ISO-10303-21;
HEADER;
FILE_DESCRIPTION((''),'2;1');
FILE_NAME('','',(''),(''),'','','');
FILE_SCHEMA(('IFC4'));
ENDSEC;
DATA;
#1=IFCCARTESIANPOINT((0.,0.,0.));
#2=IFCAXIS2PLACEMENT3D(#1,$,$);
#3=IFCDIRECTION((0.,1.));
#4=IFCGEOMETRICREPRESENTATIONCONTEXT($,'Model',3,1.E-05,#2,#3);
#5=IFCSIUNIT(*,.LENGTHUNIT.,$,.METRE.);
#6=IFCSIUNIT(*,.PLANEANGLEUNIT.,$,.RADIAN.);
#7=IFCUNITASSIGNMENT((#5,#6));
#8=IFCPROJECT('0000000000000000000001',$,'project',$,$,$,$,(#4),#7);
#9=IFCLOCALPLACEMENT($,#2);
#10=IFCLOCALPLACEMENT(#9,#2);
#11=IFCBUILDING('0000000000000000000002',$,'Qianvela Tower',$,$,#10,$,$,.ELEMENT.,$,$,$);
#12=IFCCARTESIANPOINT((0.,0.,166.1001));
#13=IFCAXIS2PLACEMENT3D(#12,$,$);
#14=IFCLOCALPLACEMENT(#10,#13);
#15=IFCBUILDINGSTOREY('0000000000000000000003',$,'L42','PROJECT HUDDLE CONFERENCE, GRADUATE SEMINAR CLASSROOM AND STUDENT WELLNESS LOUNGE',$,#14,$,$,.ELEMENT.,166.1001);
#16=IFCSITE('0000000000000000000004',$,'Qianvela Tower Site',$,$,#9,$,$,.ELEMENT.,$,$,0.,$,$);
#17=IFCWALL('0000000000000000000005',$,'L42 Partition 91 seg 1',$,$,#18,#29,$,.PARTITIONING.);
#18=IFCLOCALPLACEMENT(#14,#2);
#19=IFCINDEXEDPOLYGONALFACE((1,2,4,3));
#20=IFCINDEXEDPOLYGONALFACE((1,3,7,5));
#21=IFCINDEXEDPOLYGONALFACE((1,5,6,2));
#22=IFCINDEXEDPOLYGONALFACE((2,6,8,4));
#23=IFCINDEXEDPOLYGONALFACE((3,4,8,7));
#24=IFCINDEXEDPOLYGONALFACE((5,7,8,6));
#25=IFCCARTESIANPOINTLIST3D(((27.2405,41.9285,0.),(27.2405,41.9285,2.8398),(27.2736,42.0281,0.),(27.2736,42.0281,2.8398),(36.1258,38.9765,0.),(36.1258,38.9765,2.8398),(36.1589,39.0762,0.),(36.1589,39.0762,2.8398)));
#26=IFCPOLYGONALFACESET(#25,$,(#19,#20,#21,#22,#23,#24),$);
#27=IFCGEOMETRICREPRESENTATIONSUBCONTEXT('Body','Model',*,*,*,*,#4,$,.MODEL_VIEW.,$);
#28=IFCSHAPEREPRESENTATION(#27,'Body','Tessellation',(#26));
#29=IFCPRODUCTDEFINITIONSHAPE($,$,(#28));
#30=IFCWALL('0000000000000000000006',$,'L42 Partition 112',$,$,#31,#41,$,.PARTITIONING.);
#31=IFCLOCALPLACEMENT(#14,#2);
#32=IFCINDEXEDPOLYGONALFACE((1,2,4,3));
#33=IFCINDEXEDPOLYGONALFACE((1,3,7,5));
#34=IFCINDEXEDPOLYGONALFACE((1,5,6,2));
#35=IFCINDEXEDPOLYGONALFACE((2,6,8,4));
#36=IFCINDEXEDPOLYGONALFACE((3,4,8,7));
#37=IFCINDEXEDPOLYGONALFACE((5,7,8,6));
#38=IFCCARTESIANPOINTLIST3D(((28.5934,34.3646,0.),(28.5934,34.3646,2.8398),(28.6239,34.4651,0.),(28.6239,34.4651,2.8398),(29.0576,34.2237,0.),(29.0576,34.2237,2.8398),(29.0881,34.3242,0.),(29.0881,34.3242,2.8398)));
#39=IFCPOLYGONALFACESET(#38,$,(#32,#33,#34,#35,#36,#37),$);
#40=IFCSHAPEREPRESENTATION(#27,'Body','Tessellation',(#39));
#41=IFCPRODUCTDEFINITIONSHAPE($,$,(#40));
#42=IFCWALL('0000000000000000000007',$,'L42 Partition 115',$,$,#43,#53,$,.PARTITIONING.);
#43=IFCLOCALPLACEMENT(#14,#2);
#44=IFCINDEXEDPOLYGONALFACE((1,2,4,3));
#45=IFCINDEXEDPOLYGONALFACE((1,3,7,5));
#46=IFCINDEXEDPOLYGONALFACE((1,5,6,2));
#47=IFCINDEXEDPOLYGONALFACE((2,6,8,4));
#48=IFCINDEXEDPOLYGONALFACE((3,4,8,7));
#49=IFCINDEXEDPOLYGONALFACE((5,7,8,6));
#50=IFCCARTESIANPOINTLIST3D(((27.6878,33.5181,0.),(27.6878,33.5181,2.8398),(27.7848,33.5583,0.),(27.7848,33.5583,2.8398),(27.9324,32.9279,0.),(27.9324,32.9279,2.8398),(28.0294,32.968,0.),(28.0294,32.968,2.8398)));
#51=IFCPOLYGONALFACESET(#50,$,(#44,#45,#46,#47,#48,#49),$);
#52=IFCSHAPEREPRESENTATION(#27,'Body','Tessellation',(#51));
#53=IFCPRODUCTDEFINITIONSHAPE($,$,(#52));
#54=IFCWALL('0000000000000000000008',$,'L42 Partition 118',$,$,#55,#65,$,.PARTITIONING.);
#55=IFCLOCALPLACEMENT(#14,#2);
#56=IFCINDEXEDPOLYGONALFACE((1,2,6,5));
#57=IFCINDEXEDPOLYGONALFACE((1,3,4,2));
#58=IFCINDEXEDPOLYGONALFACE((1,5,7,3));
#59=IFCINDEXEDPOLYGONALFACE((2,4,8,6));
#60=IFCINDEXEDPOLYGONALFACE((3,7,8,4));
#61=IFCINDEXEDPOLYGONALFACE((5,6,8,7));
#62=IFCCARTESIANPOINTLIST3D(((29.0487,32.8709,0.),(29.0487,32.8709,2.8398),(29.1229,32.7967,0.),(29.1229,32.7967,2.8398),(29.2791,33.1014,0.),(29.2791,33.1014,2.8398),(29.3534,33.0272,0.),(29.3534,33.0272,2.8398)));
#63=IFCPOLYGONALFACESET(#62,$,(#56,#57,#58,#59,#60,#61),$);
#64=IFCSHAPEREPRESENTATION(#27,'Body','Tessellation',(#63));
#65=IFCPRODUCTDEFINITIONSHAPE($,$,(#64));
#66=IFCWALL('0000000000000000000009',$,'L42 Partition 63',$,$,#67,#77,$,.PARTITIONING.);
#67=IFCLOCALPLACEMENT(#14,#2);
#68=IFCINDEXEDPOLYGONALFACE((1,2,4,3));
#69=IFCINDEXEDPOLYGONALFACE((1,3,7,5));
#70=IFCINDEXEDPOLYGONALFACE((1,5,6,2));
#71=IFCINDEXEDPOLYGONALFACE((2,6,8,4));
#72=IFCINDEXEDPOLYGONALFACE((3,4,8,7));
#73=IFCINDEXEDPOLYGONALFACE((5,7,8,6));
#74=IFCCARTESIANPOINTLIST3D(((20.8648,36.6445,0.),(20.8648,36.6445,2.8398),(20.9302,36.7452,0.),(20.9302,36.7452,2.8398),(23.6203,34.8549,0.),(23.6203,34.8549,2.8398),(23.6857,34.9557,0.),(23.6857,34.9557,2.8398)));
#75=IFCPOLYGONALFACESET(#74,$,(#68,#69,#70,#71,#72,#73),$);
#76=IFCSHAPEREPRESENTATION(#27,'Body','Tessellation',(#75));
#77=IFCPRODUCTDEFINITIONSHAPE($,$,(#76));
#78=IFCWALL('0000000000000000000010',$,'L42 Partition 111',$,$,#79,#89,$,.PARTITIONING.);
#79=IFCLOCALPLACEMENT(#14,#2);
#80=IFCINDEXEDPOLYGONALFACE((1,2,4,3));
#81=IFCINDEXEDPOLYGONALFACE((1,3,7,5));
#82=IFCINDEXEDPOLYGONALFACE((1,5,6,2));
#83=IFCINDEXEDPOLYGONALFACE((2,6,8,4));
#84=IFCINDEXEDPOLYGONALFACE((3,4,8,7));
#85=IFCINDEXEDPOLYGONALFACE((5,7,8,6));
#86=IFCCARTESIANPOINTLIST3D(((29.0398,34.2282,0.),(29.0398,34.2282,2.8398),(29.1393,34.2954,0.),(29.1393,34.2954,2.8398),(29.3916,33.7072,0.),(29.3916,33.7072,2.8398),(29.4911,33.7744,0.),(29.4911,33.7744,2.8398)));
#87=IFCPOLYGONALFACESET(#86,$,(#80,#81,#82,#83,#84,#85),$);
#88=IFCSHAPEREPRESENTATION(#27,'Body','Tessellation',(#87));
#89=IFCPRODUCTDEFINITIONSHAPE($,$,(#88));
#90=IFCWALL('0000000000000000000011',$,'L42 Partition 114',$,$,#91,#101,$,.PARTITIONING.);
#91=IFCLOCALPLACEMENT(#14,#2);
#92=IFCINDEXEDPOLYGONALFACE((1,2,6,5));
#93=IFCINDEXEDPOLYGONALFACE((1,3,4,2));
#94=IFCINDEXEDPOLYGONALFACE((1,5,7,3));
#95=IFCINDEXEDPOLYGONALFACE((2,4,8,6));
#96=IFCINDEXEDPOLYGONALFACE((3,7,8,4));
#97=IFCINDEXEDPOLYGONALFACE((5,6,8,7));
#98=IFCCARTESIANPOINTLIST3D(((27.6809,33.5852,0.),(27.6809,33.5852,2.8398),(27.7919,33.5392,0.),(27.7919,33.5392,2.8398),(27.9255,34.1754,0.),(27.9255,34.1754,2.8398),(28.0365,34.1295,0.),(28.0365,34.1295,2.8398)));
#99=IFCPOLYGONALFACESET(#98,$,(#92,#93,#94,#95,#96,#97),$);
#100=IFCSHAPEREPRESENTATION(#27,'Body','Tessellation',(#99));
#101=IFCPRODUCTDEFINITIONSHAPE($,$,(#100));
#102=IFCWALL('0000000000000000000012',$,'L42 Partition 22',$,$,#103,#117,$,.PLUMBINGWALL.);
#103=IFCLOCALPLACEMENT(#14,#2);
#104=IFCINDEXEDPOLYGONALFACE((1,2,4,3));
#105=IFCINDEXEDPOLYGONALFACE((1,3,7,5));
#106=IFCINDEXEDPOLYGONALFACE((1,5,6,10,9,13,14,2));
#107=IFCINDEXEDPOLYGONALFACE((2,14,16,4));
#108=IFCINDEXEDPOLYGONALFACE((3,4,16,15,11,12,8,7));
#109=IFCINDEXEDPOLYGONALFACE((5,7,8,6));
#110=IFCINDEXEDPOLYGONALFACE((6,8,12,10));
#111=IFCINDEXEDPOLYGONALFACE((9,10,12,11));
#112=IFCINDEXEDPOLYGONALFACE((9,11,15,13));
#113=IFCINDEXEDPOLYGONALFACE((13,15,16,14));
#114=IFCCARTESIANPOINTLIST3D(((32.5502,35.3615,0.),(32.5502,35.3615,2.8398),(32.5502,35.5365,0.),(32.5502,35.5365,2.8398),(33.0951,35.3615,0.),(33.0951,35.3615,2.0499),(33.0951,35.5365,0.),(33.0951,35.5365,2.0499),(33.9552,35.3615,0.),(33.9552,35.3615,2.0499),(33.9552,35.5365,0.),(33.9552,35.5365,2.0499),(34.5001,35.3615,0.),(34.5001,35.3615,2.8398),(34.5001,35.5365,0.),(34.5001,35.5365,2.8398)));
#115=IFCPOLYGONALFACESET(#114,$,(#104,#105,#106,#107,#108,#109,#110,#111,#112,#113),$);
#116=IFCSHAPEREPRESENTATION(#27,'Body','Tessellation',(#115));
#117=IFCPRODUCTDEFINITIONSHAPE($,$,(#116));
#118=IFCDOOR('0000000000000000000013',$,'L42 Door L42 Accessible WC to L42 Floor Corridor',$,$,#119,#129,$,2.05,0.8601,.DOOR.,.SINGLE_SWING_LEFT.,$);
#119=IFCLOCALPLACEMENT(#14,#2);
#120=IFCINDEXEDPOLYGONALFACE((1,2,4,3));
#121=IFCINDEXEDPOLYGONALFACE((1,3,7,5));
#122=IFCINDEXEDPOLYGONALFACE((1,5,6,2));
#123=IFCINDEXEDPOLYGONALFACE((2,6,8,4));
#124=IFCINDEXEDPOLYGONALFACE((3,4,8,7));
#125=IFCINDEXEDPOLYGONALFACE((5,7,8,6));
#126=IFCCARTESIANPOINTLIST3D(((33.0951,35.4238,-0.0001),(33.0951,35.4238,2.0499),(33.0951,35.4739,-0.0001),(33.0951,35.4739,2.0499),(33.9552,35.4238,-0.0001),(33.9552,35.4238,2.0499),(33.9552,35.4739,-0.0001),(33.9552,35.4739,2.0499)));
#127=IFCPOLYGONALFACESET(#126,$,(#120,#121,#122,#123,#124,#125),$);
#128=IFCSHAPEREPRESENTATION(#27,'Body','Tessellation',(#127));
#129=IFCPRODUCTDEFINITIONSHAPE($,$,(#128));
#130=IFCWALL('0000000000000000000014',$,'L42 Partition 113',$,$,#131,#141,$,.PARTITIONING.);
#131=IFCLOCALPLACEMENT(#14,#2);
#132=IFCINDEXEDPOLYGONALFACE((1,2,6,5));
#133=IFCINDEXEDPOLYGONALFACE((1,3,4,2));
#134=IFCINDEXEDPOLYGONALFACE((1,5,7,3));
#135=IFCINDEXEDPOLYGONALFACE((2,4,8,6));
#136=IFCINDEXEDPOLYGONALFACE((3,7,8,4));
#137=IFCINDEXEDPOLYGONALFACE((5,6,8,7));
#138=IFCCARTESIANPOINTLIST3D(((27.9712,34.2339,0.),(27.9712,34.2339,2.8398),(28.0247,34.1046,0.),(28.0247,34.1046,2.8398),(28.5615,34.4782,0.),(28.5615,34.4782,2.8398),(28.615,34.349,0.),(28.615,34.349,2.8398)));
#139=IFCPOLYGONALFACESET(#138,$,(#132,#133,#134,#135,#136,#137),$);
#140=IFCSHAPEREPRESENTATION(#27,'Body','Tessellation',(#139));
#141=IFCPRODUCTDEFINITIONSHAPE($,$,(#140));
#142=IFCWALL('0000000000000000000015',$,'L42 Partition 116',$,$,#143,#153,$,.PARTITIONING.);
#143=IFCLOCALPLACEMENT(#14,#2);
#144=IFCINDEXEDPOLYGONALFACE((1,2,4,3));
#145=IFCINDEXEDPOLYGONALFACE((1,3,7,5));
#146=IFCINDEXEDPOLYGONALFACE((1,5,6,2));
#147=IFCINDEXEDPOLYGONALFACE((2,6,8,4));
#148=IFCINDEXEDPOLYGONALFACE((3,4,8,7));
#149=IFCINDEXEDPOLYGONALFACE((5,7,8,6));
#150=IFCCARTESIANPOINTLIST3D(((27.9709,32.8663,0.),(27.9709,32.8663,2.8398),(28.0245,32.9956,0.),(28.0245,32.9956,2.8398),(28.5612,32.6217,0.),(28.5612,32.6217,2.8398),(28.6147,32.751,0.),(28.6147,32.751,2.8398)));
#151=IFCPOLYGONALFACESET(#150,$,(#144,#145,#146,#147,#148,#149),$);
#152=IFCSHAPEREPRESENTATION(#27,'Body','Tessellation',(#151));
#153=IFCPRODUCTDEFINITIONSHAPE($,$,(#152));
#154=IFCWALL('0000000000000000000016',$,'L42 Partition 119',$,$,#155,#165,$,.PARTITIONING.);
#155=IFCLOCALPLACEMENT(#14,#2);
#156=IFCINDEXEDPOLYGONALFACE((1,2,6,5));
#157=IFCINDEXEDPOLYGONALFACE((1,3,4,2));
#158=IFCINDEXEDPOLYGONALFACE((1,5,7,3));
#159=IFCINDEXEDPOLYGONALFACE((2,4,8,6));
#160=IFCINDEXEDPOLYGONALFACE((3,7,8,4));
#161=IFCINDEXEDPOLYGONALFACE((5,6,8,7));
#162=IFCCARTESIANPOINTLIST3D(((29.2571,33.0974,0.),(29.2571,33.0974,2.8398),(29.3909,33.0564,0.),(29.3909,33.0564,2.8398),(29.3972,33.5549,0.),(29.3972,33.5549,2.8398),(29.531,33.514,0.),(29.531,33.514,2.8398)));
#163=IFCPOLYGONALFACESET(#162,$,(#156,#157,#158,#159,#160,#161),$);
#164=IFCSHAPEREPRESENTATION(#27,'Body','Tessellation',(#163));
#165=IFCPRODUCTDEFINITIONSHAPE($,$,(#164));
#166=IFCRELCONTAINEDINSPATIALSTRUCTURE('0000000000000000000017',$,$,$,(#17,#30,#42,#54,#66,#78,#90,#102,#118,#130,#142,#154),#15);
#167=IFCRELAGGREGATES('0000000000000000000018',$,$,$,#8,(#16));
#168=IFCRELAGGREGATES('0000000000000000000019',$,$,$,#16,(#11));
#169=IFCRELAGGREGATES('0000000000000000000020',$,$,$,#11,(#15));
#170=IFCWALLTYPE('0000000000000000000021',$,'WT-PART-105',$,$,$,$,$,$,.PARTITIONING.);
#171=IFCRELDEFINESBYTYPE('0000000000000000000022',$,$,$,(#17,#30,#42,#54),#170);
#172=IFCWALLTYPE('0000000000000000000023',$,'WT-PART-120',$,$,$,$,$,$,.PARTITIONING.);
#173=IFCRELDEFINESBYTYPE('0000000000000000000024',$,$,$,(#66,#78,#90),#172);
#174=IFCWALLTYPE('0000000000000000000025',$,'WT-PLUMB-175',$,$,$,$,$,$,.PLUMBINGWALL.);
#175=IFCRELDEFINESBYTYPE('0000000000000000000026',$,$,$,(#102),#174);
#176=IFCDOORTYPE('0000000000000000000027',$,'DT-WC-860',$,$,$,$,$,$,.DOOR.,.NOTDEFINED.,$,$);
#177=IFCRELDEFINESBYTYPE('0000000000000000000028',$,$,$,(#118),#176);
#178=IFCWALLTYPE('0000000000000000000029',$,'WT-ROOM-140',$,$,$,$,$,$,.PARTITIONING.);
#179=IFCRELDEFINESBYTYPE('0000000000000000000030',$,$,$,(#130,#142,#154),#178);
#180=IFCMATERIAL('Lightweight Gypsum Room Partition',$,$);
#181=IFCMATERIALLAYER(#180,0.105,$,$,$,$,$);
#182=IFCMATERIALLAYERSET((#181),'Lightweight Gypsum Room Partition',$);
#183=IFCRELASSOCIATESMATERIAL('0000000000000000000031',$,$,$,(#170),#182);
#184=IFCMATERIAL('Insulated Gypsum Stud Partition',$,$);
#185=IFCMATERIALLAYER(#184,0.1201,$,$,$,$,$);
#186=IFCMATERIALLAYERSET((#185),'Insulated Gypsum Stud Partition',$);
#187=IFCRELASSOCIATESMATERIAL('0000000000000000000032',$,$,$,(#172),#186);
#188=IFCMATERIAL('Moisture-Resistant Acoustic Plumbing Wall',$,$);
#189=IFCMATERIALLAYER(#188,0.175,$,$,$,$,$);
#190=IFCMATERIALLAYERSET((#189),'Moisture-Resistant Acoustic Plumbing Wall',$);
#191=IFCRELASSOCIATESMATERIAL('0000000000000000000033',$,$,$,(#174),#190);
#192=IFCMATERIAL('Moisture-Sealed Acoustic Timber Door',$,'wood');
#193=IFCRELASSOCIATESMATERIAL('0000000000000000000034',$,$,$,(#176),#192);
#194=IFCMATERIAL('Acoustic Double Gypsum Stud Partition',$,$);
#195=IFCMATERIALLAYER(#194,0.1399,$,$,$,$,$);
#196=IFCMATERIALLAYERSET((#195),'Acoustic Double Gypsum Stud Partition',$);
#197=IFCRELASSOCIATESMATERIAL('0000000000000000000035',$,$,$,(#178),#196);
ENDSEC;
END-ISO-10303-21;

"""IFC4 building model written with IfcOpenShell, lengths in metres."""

from ifc_helpers import new_model, si_unit, direction, frame, frame_2d, origin, place, context, subcontext, project, spatial, rectangle, extrude, material, layer, layer_set, type_object, element, fill, save


model = new_model("IFC4")

# Units and contexts
model_context = context("Model", 3, precision=1e-05, world=origin(), true_north=direction((0.0, 1.0)))
body_context = subcontext(model_context, "Body", "Model", "MODEL_VIEW")
ifc_project = project(units=[si_unit("LENGTHUNIT", "METRE"), si_unit("PLANEANGLEUNIT", "RADIAN")], contexts=[model_context])

# Site, building, storey
site_placement = place(None, origin())
site = spatial("IfcSite", under=ifc_project, at=site_placement, Name="Qianvela Tower Site", CompositionType="ELEMENT", RefElevation=0.0)
building_placement = place(site_placement, origin())
building = spatial("IfcBuilding", under=site, at=building_placement, Name="Qianvela Tower", CompositionType="ELEMENT")
storey_placement = place(building_placement, frame((0.0, 0.0, 166.1001)))
storey = spatial("IfcBuildingStorey", under=building, at=storey_placement, Name="L42", Description="PROJECT HUDDLE CONFERENCE, GRADUATE SEMINAR CLASSROOM AND STUDENT WELLNESS LOUNGE", CompositionType="ELEMENT", Elevation=166.1001)

# Walls
ifc_material_1 = material(Name="Lightweight Gypsum Room Partition")
ifc_layer_1 = layer(ifc_material_1, 0.105)
ifc_layer_set_1 = layer_set([ifc_layer_1], Name="Lightweight Gypsum Room Partition")
wall_type_1 = type_object("IfcWallType", Name="WT-PART-105", PredefinedType="PARTITIONING", material=ifc_layer_set_1)
wall_1_placement = place(storey_placement, frame((27.2571, 41.9783, 0.0), z_axis=(0.0, 0.0, 1.0), x_axis=(0.948998, -0.315281, 0.0)))
element("IfcWall", 1, at=wall_1_placement, inside=storey, type_object=wall_type_1, Name="L42 Partition 91 seg 1", PredefinedType="PARTITIONING", context=body_context, shape_type="SweptSolid", body=[
    extrude(rectangle(XDim=9.3628, YDim=0.105, at=frame_2d((4.6814, 0.0))), origin(), (0.0, 0.0, 1.0), 2.8398),
])
wall_2_placement = place(storey_placement, frame((29.073, 34.2739, 0.0), z_axis=(0.0, 0.0, 1.0), x_axis=(-0.956893, 0.29044, 0.0)))
element("IfcWall", 2, at=wall_2_placement, inside=storey, type_object=wall_type_1, Name="L42 Partition 112", PredefinedType="PARTITIONING", context=body_context, shape_type="SweptSolid", body=[
    extrude(rectangle(XDim=0.4851, YDim=0.105, at=frame_2d((0.2427, 0.0))), origin(), (0.0, 0.0, 1.0), 2.8398),
])
wall_3_placement = place(storey_placement, frame((27.7363, 33.5381, 0.0), z_axis=(0.0, 0.0, 1.0), x_axis=(0.382824, -0.923821, 0.0)))
element("IfcWall", 3, at=wall_3_placement, inside=storey, type_object=wall_type_1, Name="L42 Partition 115", PredefinedType="PARTITIONING", context=body_context, shape_type="SweptSolid", body=[
    extrude(rectangle(XDim=0.6389, YDim=0.105, at=frame_2d((0.3193, 0.0))), origin(), (0.0, 0.0, 1.0), 2.8398),
])
wall_4_placement = place(storey_placement, frame((29.0857, 32.8337, 0.0), z_axis=(0.0, 0.0, 1.0), x_axis=(0.707107, 0.707107, 0.0)))
element("IfcWall", 4, at=wall_4_placement, inside=storey, type_object=wall_type_1, Name="L42 Partition 118", PredefinedType="PARTITIONING", context=body_context, shape_type="SweptSolid", body=[
    extrude(rectangle(XDim=0.3259, YDim=0.105, at=frame_2d((0.1631, 0.0))), origin(), (0.0, 0.0, 1.0), 2.8398),
])
ifc_material_2 = material(Name="Insulated Gypsum Stud Partition")
ifc_layer_2 = layer(ifc_material_2, 0.1201)
ifc_layer_set_2 = layer_set([ifc_layer_2], Name="Insulated Gypsum Stud Partition")
wall_type_2 = type_object("IfcWallType", Name="WT-PART-120", PredefinedType="PARTITIONING", material=ifc_layer_set_2)
wall_5_placement = place(storey_placement, frame((20.8975, 36.6948, 0.0), z_axis=(0.0, 0.0, 1.0), x_axis=(0.838666, -0.544646, 0.0)))
element("IfcWall", 5, at=wall_5_placement, inside=storey, type_object=wall_type_2, Name="L42 Partition 63", PredefinedType="PARTITIONING", context=body_context, shape_type="SweptSolid", body=[
    extrude(rectangle(XDim=3.2856, YDim=0.1201, at=frame_2d((1.6428, 0.0))), origin(), (0.0, 0.0, 1.0), 2.8398),
])
wall_6_placement = place(storey_placement, frame((29.4414, 33.7407, 0.0), z_axis=(0.0, 0.0, 1.0), x_axis=(-0.55962, 0.82875, 0.0)))
element("IfcWall", 6, at=wall_6_placement, inside=storey, type_object=wall_type_2, Name="L42 Partition 111", PredefinedType="PARTITIONING", context=body_context, shape_type="SweptSolid", body=[
    extrude(rectangle(XDim=0.6287, YDim=0.1201, at=frame_2d((0.3145, 0.0))), origin(), (0.0, 0.0, 1.0), 2.8398),
])
wall_7_placement = place(storey_placement, frame((27.981, 34.1523, 0.0), z_axis=(0.0, 0.0, 1.0), x_axis=(-0.382824, -0.923821, 0.0)))
element("IfcWall", 7, at=wall_7_placement, inside=storey, type_object=wall_type_2, Name="L42 Partition 114", PredefinedType="PARTITIONING", context=body_context, shape_type="SweptSolid", body=[
    extrude(rectangle(XDim=0.6389, YDim=0.1201, at=frame_2d((0.3193, 0.0))), origin(), (0.0, 0.0, 1.0), 2.8398),
])

# Wall, opening, door
ifc_material_3 = material(Name="Moisture-Resistant Acoustic Plumbing Wall")
ifc_layer_3 = layer(ifc_material_3, 0.175)
ifc_layer_set_3 = layer_set([ifc_layer_3], Name="Moisture-Resistant Acoustic Plumbing Wall")
wall_type_3 = type_object("IfcWallType", Name="WT-PLUMB-175", PredefinedType="PLUMBINGWALL", material=ifc_layer_set_3)
wall_8_placement = place(storey_placement, frame((32.55, 35.449, 0.0), z_axis=(0.0, 0.0, 1.0), x_axis=(1.0, 0.0, 0.0)))
wall_8 = element("IfcWall", 8, at=wall_8_placement, inside=storey, type_object=wall_type_3, Name="L42 Partition 22", PredefinedType="PLUMBINGWALL", context=body_context, shape_type="SweptSolid", body=[
    extrude(rectangle(XDim=1.95, YDim=0.175, at=frame_2d((0.9751, 0.0))), origin(), (0.0, 0.0, 1.0), 2.8398),
])
opening_1_placement = place(wall_8_placement, frame((0.5449, 0.0, 0.0)))
opening_1 = element("IfcOpeningElement", 9, at=opening_1_placement, cuts=wall_8, PredefinedType="OPENING", context=body_context, shape_type="SweptSolid", body=[
    extrude(rectangle(XDim=0.8601, YDim=2.05, at=frame_2d((0.4302, 1.0249))), frame((0.0, 0.0974, 0.0), z_axis=(0.0, -1.0, 0.0), x_axis=(1.0, 0.0, 0.0)), (0.0, 0.0, 1.0), 0.1951),
])
ifc_material_4 = material(Name="Moisture-Sealed Acoustic Timber Door", Category="wood")
door_type_1 = type_object("IfcDoorType", Name="DT-WC-860", OperationType="NOTDEFINED", PredefinedType="DOOR", material=ifc_material_4)
door_1_placement = place(opening_1_placement, origin())
door_1 = element("IfcDoor", 10, at=door_1_placement, inside=storey, type_object=door_type_1, Name="L42 Door L42 Accessible WC to L42 Floor Corridor", OperationType="SINGLE_SWING_LEFT", OverallHeight=2.05, OverallWidth=0.8601, PredefinedType="DOOR", context=body_context, shape_type="SweptSolid", body=[
    extrude(rectangle(XDim=0.8601, YDim=2.05, at=frame_2d((0.4302, 1.0249))), frame((0.0, 0.0249, 0.0), z_axis=(0.0, -1.0, 0.0), x_axis=(1.0, 0.0, 0.0)), (0.0, 0.0, 1.0), 0.05),
])
fill(opening_1, door_1)

# Walls
ifc_material_5 = material(Name="Acoustic Double Gypsum Stud Partition")
ifc_layer_4 = layer(ifc_material_5, 0.1399)
ifc_layer_set_4 = layer_set([ifc_layer_4], Name="Acoustic Double Gypsum Stud Partition")
wall_type_4 = type_object("IfcWallType", Name="WT-ROOM-140", PredefinedType="PARTITIONING", material=ifc_layer_set_4)
for number, where, z_axis, x_axis, name in (
    (11, (28.5881, 34.4136, 0.0), (0.0, 0.0, 1.0), (-0.923956, -0.382498, 0.0), "L42 Partition 113"),
    (12, (27.9978, 32.9309, 0.0), (0.0, 0.0, 1.0), (0.923821, -0.382824, 0.0), "L42 Partition 116"),
):
    element("IfcWall", number, at=place(storey_placement, frame(where, z_axis=z_axis, x_axis=x_axis)), inside=storey, type_object=wall_type_4, Name=name, PredefinedType="PARTITIONING", context=body_context, shape_type="SweptSolid", body=[
        extrude(rectangle(XDim=0.6389, YDim=0.1399, at=frame_2d((0.3193, 0.0))), origin(), (0.0, 0.0, 1.0), 2.8398),
    ])
wall_9_placement = place(storey_placement, frame((29.324, 33.0769, 0.0), z_axis=(0.0, 0.0, 1.0), x_axis=(0.292867, 0.956153, 0.0)))
element("IfcWall", 13, at=wall_9_placement, inside=storey, type_object=wall_type_4, Name="L42 Partition 119", PredefinedType="PARTITIONING", context=body_context, shape_type="SweptSolid", body=[
    extrude(rectangle(XDim=0.4785, YDim=0.1399, at=frame_2d((0.2393, 0.0))), origin(), (0.0, 0.0, 1.0), 2.8398),
])

save(model, "model.ifc")
